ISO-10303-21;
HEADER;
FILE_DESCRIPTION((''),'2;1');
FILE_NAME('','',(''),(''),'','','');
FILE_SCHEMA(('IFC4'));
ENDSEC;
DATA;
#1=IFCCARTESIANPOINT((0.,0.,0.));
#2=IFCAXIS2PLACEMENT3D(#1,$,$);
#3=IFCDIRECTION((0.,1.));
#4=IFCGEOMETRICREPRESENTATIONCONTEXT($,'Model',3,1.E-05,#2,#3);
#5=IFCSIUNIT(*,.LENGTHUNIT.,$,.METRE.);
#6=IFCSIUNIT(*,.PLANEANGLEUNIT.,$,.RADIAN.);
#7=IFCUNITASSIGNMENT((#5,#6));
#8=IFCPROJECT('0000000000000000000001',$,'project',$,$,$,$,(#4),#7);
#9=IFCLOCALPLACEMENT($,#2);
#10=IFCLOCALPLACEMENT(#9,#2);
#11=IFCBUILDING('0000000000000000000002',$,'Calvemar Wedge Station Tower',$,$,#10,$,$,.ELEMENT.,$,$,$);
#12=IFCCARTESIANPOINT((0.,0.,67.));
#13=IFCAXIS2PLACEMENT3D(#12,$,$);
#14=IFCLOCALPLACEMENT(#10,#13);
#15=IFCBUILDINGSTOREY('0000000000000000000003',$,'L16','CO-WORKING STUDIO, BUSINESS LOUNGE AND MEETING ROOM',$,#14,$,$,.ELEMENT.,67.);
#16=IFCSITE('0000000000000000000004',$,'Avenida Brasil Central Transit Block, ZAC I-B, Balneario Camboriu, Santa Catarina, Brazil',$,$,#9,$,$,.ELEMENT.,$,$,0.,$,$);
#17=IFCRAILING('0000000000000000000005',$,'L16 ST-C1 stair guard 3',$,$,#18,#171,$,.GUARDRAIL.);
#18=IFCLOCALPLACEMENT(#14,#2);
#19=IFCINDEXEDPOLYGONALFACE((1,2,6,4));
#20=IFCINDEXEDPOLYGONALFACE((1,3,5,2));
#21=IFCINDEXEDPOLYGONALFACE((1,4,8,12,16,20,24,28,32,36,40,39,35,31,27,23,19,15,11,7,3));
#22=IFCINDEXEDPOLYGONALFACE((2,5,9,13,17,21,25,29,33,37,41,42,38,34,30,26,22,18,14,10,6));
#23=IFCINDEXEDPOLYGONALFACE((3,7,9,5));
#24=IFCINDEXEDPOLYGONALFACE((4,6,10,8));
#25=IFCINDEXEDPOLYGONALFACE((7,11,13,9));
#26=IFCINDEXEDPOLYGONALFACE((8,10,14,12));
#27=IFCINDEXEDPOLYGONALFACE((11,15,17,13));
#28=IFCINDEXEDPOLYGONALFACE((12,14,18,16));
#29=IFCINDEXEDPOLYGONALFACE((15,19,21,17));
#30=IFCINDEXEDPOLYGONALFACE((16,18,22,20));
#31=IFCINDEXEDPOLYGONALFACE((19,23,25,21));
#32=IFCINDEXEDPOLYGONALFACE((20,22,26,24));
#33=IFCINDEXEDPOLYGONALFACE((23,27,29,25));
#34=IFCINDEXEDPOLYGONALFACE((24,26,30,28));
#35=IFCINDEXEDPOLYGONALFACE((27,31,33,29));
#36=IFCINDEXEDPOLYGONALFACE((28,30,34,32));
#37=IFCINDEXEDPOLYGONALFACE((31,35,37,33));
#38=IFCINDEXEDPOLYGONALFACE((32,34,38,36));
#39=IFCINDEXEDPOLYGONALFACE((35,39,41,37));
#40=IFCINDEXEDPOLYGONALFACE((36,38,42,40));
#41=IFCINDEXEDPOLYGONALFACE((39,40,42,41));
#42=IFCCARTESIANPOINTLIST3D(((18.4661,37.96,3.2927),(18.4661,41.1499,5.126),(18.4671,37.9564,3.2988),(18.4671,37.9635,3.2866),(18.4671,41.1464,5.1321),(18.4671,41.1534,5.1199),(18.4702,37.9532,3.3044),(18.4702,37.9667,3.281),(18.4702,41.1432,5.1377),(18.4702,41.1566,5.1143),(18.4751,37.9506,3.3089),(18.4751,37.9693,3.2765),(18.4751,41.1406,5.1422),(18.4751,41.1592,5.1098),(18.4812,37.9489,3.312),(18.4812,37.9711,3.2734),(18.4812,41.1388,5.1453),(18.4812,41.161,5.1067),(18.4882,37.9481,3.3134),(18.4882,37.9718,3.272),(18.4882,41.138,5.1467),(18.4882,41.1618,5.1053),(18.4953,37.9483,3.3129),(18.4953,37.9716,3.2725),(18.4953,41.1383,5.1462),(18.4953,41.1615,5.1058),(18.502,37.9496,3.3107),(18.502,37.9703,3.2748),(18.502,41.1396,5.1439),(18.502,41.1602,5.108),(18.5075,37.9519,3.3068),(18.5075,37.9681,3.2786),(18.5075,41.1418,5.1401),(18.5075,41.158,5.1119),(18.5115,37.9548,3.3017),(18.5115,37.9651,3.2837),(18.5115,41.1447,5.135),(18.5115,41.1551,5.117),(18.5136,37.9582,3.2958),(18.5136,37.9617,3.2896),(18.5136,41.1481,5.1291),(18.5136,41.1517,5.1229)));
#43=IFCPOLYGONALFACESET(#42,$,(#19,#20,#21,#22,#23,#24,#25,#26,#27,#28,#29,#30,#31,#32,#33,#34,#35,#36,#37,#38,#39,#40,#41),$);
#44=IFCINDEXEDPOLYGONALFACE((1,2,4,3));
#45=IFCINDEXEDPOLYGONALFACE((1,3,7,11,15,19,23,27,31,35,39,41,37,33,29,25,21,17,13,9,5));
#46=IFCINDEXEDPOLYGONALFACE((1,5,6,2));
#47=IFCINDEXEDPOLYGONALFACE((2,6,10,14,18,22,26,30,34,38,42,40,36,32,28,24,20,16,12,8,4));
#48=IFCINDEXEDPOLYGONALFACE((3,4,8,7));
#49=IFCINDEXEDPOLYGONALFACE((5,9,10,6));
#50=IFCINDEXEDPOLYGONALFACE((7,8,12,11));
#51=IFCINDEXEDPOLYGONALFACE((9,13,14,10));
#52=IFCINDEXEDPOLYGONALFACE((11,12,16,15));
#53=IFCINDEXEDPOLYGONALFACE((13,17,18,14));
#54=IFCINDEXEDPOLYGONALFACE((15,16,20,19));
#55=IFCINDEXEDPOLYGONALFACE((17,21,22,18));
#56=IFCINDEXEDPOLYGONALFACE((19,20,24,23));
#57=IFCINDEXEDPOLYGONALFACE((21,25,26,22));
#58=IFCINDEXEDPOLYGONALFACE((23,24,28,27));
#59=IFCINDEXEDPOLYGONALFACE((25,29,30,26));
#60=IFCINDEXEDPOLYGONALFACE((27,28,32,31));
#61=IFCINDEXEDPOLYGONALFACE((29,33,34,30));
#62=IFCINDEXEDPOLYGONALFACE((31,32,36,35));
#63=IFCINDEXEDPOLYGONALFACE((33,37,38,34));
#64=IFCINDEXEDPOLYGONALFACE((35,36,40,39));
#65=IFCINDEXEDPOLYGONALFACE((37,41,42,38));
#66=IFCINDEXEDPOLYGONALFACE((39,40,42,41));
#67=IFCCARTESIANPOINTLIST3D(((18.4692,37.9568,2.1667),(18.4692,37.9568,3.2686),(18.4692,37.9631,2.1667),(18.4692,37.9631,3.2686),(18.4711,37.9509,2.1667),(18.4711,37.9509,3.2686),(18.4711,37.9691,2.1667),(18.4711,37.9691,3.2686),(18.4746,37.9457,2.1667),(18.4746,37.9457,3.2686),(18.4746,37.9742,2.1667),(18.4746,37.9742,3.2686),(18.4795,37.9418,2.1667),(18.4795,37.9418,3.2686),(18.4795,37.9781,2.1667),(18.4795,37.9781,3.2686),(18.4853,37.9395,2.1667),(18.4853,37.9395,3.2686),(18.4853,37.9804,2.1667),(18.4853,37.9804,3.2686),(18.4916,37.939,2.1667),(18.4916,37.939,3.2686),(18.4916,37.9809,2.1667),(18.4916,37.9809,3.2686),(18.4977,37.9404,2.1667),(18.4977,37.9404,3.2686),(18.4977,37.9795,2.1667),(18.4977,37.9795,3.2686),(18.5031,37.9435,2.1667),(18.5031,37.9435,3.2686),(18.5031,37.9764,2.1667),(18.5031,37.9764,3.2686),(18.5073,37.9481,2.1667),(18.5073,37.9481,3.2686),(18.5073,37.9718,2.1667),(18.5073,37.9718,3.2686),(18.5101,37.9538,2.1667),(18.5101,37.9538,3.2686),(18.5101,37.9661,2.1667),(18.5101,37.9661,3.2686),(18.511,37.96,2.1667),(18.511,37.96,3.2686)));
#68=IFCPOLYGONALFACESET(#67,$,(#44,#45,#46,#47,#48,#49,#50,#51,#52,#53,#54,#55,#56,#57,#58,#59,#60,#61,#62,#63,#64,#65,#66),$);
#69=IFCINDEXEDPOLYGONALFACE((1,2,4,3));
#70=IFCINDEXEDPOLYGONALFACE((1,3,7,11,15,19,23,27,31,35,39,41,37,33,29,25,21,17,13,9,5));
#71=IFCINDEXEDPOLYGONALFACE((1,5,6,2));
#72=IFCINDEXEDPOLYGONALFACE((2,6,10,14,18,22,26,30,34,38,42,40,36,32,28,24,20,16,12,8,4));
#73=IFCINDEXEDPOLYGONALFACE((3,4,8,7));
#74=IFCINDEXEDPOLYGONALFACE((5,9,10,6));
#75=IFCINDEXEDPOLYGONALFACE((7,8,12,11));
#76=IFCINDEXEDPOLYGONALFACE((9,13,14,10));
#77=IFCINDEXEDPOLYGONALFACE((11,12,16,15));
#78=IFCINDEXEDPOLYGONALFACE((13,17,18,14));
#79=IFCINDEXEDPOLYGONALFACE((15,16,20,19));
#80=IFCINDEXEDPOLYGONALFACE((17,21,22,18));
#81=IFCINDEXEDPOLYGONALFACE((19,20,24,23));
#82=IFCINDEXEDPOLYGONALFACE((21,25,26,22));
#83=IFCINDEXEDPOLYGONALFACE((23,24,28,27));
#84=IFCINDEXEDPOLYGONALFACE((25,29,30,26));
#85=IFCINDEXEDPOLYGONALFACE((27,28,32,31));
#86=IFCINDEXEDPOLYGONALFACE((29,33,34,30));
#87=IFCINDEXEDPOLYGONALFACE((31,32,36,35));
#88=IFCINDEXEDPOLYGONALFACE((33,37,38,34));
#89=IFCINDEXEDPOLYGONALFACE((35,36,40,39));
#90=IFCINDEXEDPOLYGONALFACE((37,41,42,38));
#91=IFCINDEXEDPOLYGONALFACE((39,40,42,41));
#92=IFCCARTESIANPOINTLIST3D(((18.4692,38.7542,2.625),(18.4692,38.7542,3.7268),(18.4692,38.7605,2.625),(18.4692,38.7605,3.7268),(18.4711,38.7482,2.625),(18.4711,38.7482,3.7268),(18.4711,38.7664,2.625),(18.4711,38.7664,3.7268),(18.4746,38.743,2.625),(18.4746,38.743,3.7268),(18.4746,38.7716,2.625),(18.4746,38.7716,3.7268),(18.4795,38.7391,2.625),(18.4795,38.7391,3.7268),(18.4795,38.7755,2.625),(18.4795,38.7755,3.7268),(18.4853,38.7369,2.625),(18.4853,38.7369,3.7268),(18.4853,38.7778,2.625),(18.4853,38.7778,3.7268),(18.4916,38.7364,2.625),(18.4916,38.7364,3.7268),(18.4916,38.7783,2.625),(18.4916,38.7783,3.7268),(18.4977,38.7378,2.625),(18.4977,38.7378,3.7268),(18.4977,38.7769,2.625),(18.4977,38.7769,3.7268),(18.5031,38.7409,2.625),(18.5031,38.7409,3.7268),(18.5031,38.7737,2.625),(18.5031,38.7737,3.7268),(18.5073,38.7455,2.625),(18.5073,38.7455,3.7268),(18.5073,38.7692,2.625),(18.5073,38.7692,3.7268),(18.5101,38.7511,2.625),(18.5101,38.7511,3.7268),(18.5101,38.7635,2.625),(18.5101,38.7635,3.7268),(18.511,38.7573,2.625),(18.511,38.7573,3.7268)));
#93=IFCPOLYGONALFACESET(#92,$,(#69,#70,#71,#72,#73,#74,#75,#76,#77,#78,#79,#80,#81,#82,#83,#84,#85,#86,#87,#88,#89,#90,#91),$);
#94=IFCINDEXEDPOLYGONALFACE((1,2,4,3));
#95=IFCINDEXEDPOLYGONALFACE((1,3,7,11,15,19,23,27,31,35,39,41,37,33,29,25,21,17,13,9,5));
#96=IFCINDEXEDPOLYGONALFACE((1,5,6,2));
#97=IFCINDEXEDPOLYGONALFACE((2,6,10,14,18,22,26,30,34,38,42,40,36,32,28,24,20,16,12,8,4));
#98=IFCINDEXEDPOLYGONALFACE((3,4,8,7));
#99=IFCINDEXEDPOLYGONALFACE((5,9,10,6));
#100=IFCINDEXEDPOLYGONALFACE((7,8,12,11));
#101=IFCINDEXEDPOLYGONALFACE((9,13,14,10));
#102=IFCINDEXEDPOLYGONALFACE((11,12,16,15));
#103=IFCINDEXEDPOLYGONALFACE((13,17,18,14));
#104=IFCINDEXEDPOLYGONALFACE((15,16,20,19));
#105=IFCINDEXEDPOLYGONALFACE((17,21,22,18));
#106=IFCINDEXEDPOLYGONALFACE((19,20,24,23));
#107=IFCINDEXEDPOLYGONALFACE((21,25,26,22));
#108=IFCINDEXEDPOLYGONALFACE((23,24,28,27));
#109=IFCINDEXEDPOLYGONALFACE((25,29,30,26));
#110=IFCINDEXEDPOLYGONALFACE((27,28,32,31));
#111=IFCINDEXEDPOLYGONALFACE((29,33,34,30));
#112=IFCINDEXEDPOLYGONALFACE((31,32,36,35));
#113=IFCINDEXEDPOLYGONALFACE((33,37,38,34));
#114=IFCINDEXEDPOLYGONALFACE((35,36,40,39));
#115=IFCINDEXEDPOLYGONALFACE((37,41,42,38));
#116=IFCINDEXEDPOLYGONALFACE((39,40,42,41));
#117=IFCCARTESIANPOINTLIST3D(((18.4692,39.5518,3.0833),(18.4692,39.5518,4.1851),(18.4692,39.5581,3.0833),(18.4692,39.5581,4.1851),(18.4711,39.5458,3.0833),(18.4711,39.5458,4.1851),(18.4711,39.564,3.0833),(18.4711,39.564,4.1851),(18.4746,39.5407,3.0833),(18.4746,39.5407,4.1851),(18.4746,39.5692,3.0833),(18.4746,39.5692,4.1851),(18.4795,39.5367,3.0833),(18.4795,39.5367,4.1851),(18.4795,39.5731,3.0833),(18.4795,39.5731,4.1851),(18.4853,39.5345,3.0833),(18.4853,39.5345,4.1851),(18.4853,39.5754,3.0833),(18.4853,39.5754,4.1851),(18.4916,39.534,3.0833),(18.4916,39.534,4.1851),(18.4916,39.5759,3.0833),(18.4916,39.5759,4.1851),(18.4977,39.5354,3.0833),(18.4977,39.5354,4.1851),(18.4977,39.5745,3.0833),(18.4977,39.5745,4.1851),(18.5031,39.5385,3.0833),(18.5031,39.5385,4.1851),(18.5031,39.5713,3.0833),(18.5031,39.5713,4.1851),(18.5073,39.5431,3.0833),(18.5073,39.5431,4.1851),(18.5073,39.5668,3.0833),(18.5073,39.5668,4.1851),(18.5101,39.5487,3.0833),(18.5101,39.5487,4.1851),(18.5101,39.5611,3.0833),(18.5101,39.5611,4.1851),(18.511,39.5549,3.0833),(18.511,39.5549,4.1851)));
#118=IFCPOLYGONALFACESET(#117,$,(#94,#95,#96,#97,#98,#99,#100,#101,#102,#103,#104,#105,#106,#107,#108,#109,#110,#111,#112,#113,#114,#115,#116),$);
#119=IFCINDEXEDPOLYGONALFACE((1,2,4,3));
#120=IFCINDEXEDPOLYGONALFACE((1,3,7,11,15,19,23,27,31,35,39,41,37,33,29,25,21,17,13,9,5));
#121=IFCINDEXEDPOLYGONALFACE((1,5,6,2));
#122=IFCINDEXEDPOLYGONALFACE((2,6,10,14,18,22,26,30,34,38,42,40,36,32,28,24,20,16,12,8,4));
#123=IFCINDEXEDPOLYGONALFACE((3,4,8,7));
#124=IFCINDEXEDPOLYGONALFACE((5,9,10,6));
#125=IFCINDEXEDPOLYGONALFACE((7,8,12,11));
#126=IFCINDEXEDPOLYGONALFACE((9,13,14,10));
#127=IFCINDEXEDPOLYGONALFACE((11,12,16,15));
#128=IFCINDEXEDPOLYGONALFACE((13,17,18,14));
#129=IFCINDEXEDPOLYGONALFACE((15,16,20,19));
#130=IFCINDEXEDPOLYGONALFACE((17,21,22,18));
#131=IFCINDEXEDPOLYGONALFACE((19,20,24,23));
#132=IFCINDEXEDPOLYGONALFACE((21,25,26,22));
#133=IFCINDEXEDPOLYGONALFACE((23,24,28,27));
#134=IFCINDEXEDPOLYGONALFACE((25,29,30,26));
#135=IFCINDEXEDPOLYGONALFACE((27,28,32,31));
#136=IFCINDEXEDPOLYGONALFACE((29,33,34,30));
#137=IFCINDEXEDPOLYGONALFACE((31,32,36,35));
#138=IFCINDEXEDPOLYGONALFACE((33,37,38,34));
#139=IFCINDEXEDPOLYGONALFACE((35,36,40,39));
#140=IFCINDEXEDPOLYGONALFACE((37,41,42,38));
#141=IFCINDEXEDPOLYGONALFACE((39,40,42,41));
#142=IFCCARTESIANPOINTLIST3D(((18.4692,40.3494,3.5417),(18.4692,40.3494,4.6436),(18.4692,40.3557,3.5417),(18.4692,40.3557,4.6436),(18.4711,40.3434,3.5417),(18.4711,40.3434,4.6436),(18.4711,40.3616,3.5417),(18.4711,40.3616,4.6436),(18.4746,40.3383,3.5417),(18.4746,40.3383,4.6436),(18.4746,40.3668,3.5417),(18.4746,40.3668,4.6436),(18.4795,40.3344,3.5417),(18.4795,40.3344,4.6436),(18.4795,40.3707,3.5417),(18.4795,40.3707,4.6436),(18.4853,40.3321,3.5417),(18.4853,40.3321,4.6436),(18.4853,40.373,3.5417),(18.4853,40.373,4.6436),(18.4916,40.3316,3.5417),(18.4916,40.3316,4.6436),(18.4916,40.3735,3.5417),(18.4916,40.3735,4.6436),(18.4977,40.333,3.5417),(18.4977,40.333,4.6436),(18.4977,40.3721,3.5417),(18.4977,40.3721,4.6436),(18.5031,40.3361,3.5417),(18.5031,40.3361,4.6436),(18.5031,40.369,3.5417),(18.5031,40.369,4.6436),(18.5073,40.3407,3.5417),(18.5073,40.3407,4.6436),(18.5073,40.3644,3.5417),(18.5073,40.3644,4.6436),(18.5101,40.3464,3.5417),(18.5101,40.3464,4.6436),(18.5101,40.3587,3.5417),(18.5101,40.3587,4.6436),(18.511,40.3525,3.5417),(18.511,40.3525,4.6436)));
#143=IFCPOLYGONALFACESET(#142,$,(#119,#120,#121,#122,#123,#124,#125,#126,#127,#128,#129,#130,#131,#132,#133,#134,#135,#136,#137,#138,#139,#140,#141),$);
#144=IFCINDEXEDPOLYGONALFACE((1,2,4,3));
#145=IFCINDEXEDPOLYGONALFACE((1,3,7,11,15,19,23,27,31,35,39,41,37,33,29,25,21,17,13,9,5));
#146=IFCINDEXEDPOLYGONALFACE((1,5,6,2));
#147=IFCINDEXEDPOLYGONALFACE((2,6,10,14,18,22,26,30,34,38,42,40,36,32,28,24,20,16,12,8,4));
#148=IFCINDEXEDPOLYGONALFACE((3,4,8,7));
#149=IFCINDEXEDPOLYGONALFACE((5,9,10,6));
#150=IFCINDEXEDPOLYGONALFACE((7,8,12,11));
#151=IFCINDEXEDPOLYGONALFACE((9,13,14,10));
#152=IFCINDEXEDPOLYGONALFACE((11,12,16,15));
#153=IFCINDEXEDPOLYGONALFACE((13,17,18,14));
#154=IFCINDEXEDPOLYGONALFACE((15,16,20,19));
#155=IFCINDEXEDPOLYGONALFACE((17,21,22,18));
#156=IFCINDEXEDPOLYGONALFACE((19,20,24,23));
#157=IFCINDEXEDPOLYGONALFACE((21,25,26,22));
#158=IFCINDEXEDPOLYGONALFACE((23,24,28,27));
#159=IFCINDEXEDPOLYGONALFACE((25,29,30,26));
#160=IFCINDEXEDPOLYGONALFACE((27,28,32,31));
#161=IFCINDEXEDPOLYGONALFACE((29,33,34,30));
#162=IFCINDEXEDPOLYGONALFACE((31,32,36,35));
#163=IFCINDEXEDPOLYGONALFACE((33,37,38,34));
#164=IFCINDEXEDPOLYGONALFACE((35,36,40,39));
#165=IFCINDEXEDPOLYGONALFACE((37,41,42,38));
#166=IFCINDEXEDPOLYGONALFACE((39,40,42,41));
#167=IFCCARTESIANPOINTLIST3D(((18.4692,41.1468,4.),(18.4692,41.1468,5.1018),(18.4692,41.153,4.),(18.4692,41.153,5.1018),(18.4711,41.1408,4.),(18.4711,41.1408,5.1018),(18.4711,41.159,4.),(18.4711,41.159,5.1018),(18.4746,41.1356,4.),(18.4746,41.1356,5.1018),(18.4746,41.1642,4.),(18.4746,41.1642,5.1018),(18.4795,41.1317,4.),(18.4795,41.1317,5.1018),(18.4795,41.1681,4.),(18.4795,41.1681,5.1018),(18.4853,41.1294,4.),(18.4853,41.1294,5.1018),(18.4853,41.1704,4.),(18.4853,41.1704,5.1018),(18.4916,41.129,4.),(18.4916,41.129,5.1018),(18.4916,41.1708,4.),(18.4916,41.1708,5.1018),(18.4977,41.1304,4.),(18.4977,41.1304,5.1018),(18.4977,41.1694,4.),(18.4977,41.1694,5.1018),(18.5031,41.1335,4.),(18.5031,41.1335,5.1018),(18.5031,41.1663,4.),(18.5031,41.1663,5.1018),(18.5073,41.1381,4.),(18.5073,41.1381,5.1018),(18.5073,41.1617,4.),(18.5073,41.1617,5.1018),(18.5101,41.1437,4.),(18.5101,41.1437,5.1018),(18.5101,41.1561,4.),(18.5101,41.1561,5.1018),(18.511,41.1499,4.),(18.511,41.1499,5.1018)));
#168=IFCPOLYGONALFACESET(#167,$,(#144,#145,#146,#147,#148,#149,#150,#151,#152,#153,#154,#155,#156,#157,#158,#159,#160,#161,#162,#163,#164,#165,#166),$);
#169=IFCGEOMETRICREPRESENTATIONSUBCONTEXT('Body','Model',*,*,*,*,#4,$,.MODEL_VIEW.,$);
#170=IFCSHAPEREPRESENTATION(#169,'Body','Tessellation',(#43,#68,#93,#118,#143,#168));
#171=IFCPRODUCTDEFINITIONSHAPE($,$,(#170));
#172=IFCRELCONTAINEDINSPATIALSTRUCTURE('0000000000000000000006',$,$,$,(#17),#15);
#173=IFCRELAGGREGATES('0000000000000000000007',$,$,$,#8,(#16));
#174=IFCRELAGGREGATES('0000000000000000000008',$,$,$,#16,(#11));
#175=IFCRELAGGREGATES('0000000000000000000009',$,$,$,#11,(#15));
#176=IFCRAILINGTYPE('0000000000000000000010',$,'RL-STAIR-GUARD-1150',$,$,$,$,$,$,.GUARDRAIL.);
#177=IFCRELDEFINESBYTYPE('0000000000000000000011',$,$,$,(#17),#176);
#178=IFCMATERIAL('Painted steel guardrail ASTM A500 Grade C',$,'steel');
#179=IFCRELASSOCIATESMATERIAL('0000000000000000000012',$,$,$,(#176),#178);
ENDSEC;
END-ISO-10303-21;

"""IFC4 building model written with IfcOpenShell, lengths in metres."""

from ifc_helpers import new_model, si_unit, direction, frame, origin, origin_2d, place, context, subcontext, project, spatial, circle, extrude, material, type_object, element, save


model = new_model("IFC4")

# Units and contexts
model_context = context("Model", 3, precision=1e-05, world=origin(), true_north=direction((0.0, 1.0)))
body_context = subcontext(model_context, "Body", "Model", "MODEL_VIEW")
ifc_project = project(units=[si_unit("LENGTHUNIT", "METRE"), si_unit("PLANEANGLEUNIT", "RADIAN")], contexts=[model_context])

# Site, building, storey
site_placement = place(None, origin())
site = spatial("IfcSite", under=ifc_project, at=site_placement, Name="Avenida Brasil Central Transit Block, ZAC I-B, Balneario Camboriu, Santa Catarina, Brazil", CompositionType="ELEMENT", RefElevation=0.0)
building_placement = place(site_placement, origin())
building = spatial("IfcBuilding", under=site, at=building_placement, Name="Calvemar Wedge Station Tower", CompositionType="ELEMENT")
storey_placement = place(building_placement, frame((0.0, 0.0, 67.0)))
storey = spatial("IfcBuildingStorey", under=building, at=storey_placement, Name="L16", Description="CO-WORKING STUDIO, BUSINESS LOUNGE AND MEETING ROOM", CompositionType="ELEMENT", Elevation=67.0)

# Railing
ifc_material_1 = material(Name="Painted steel guardrail ASTM A500 Grade C", Category="steel")
railing_type_1 = type_object("IfcRailingType", Name="RL-STAIR-GUARD-1150", PredefinedType="GUARDRAIL", material=ifc_material_1)
railing_1_placement = place(storey_placement, frame((18.49, 37.96, 2.1667)))
element("IfcRailing", 1, at=railing_1_placement, inside=storey, type_object=railing_type_1, Name="L16 ST-C1 stair guard 3", PredefinedType="GUARDRAIL", context=body_context, shape_type="SweptSolid", body=[
    extrude(circle(Radius=0.0239, at=origin_2d()), frame((0.0, 0.0, 1.126), z_axis=(0.0, 0.86702, 0.498274), x_axis=(-1.0, 0.0, 0.0)), (0.0, 0.0, 1.0), 3.6792),
    extrude(circle(Radius=0.021, at=origin_2d()), origin(), (0.0, 0.0, 1.0), 1.1018),
    extrude(circle(Radius=0.021, at=origin_2d()), frame((0.0, 0.7974, 0.4583)), (0.0, 0.0, 1.0), 1.1018),
    extrude(circle(Radius=0.021, at=origin_2d()), frame((0.0, 1.595, 0.9165)), (0.0, 0.0, 1.0), 1.1018),
    extrude(circle(Radius=0.021, at=origin_2d()), frame((0.0, 2.3926, 1.375)), (0.0, 0.0, 1.0), 1.1018),
    extrude(circle(Radius=0.021, at=origin_2d()), frame((0.0, 3.1899, 1.8333)), (0.0, 0.0, 1.0), 1.1018),
])

save(model, "model.ifc")
